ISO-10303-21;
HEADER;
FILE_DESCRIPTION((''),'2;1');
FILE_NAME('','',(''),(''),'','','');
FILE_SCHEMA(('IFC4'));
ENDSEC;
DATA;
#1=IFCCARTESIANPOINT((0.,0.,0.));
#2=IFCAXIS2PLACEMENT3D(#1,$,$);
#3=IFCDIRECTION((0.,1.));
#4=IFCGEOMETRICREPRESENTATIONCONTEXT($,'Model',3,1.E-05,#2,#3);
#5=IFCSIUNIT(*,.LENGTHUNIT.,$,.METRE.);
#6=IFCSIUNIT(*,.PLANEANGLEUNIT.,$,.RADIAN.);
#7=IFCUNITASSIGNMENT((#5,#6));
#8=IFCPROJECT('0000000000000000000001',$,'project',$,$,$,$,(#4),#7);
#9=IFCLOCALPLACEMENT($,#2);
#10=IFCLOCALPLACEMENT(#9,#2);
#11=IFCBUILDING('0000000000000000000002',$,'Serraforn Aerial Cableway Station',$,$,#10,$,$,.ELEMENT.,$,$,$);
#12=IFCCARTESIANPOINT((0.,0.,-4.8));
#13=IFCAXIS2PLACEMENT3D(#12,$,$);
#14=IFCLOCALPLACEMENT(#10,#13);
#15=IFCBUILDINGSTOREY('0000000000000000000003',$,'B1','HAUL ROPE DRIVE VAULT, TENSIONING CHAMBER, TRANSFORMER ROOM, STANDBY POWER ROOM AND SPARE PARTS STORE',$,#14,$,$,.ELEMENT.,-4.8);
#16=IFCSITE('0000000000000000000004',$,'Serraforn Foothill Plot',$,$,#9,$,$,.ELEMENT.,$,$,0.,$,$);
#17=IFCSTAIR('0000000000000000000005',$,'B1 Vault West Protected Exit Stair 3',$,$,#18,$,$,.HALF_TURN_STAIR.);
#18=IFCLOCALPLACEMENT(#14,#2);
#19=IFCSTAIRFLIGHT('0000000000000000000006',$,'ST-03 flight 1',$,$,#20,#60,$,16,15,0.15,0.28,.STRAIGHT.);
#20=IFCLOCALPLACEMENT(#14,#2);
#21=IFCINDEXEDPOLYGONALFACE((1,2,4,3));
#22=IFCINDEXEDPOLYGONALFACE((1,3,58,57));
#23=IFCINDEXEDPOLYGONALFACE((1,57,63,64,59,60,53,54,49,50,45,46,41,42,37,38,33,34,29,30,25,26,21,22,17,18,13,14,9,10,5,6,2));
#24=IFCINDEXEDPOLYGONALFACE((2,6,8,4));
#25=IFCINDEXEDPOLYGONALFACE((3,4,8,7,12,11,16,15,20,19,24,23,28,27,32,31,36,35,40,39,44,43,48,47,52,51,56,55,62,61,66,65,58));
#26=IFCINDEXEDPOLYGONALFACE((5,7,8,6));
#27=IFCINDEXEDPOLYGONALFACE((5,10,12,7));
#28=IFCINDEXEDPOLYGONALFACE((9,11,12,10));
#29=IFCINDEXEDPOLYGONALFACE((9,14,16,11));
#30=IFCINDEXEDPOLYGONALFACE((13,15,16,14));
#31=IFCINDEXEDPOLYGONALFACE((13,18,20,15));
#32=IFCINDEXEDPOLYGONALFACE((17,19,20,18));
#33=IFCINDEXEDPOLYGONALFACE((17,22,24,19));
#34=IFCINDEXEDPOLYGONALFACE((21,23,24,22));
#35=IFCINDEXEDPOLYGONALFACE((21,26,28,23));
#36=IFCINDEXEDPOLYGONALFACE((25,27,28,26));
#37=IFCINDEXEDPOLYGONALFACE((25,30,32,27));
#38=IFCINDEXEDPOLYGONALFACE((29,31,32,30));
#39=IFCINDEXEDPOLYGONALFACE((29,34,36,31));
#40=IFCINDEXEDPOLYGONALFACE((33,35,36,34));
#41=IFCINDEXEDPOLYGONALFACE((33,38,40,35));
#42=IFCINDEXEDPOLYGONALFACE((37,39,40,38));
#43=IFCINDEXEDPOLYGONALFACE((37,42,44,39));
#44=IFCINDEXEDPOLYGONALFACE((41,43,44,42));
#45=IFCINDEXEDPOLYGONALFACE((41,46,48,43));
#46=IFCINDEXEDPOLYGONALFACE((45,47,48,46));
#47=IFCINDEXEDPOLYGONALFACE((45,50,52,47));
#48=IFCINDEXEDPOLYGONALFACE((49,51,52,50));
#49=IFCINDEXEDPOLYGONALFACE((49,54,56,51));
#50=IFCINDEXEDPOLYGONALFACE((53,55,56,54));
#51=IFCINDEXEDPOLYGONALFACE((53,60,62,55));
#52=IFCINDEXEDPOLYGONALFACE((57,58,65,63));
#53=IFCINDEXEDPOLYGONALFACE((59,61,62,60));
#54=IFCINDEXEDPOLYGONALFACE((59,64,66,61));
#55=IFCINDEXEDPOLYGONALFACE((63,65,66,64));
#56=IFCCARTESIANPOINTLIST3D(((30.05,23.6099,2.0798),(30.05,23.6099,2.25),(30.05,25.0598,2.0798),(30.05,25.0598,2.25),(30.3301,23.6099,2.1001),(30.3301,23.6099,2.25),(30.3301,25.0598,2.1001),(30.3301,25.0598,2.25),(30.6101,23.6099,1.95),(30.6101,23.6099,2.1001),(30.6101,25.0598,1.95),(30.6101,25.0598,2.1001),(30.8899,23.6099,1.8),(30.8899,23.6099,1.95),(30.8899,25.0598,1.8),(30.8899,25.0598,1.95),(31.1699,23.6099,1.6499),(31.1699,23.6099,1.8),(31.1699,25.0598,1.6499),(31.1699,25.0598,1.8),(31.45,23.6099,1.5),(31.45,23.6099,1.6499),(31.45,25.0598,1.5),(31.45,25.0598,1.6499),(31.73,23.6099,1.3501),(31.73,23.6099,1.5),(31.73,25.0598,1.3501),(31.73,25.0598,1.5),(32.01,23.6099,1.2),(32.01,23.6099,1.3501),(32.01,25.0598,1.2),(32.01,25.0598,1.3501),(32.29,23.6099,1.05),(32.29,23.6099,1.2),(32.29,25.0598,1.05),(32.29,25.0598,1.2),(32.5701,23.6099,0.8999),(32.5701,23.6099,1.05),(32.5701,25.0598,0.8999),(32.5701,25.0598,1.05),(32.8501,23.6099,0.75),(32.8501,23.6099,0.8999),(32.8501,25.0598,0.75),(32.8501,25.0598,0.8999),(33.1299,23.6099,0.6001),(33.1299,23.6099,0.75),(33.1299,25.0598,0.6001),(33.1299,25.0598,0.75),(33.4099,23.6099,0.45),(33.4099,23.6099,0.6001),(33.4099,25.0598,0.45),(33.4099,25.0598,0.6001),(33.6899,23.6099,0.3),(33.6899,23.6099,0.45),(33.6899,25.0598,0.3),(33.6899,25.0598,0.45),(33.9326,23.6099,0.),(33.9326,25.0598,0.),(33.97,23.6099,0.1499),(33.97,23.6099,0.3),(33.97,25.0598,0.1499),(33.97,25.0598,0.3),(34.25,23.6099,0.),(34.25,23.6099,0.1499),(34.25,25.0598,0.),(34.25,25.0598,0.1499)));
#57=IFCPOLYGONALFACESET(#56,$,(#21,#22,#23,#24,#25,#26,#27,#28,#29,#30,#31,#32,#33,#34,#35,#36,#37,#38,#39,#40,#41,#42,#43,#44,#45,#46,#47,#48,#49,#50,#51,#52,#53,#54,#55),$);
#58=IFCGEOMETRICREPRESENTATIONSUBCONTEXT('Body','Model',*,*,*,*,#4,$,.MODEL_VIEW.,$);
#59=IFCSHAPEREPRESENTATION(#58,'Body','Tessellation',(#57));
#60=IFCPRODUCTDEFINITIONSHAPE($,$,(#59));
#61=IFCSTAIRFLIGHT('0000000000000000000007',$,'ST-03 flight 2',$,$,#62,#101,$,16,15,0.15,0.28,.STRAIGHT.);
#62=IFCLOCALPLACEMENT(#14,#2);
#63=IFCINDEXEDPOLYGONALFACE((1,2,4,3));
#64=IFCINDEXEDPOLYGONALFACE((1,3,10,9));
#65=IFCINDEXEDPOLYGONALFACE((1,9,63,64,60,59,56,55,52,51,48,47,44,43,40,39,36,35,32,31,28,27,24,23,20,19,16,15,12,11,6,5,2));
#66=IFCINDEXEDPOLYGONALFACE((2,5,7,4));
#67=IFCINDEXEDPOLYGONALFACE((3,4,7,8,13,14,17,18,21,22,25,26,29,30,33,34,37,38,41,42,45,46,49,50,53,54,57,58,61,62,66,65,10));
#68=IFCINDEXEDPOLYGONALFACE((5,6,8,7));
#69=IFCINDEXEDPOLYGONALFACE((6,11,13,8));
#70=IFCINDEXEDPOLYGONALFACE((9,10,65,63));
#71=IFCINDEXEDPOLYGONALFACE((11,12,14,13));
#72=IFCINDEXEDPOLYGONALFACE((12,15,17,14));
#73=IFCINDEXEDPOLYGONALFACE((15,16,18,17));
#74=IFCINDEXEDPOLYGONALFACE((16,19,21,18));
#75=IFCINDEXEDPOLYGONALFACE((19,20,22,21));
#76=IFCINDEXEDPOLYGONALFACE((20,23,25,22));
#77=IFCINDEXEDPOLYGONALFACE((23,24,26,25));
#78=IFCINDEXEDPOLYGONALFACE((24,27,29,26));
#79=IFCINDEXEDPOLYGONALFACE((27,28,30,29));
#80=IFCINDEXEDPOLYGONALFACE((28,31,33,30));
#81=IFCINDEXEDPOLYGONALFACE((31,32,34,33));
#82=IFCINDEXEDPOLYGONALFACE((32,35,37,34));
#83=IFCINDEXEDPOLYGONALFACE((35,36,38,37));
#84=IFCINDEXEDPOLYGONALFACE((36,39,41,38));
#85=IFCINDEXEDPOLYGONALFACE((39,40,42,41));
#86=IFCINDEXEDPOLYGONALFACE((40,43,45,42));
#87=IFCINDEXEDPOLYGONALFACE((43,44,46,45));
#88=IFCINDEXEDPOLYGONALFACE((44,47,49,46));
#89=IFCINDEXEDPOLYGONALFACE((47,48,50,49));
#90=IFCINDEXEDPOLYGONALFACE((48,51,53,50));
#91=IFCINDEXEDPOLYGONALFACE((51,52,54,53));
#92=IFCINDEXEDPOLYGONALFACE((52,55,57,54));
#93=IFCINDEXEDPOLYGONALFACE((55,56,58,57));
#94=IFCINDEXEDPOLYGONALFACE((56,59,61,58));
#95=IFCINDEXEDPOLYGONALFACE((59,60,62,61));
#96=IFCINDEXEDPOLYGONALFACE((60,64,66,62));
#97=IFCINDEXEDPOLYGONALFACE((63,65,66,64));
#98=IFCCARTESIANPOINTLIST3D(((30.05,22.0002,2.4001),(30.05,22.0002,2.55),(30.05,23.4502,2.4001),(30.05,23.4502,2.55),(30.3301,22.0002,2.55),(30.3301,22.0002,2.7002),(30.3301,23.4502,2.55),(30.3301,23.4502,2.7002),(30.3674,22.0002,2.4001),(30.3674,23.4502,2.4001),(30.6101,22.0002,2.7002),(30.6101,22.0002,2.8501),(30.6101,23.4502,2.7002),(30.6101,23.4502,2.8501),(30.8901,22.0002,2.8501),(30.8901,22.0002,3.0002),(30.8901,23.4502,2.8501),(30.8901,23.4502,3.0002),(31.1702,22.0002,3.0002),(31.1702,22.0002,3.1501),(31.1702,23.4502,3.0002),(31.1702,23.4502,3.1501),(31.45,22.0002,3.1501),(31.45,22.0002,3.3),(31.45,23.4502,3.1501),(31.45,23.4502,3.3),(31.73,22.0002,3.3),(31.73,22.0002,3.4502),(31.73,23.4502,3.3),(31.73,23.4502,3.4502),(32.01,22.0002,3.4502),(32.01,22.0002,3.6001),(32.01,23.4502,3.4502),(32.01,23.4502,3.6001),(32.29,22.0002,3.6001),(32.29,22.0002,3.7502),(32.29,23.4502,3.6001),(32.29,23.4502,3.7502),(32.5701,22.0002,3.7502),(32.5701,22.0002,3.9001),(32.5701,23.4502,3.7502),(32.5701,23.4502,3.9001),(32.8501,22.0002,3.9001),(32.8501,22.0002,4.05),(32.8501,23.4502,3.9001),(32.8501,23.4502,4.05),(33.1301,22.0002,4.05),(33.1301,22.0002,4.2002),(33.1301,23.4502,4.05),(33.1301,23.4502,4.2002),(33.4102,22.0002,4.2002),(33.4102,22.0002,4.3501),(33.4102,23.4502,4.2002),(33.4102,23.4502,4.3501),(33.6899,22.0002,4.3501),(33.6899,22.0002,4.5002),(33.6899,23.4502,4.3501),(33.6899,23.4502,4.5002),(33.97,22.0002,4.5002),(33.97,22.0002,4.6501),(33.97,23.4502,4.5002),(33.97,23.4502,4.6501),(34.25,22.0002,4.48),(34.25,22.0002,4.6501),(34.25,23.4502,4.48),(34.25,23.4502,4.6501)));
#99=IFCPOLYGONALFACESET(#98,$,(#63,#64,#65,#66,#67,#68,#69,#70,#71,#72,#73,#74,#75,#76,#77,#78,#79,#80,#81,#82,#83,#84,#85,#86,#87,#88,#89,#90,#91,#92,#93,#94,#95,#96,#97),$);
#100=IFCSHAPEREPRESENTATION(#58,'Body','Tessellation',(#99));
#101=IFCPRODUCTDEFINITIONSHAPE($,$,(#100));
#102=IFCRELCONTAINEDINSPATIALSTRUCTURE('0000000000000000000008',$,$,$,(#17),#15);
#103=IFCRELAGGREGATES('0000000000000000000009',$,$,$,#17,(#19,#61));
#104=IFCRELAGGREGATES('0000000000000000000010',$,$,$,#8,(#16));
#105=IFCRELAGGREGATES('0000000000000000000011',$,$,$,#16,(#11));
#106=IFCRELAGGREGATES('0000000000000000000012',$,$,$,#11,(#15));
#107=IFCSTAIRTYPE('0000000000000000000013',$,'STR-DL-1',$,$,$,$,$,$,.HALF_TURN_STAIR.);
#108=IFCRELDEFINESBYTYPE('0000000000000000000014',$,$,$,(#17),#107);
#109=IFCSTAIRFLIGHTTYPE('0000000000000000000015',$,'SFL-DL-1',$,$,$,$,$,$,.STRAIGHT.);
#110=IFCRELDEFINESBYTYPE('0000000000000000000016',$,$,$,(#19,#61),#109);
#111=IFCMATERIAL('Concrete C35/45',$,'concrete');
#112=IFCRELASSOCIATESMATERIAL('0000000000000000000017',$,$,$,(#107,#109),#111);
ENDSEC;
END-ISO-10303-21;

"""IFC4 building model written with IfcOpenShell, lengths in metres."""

from ifc_helpers import new_model, si_unit, direction, frame, origin, place, context, subcontext, project, spatial, polyline, outline, extrude, material, type_object, element, aggregate, save


model = new_model("IFC4")

# Units and contexts
model_context = context("Model", 3, precision=1e-05, world=origin(), true_north=direction((0.0, 1.0)))
body_context = subcontext(model_context, "Body", "Model", "MODEL_VIEW")
ifc_project = project(units=[si_unit("LENGTHUNIT", "METRE"), si_unit("PLANEANGLEUNIT", "RADIAN")], contexts=[model_context])

# Site, building, storey
site_placement = place(None, origin())
site = spatial("IfcSite", under=ifc_project, at=site_placement, Name="Serraforn Foothill Plot", CompositionType="ELEMENT", RefElevation=0.0)
building_placement = place(site_placement, origin())
building = spatial("IfcBuilding", under=site, at=building_placement, Name="Serraforn Aerial Cableway Station", CompositionType="ELEMENT")
storey_placement = place(building_placement, frame((0.0, 0.0, -4.8)))
storey = spatial("IfcBuildingStorey", under=building, at=storey_placement, Name="B1", Description="HAUL ROPE DRIVE VAULT, TENSIONING CHAMBER, TRANSFORMER ROOM, STANDBY POWER ROOM AND SPARE PARTS STORE", CompositionType="ELEMENT", Elevation=-4.8)

# Shared definitions
ifc_material_1 = material(Name="Concrete C35/45", Category="concrete")

# Stair, stair flights
stair_type = type_object("IfcStairType", Name="STR-DL-1", PredefinedType="HALF_TURN_STAIR", material=ifc_material_1)
stair_placement = place(storey_placement, origin())
stair = element("IfcStair", 1, at=stair_placement, inside=storey, type_object=stair_type, Name="B1 Vault West Protected Exit Stair 3", PredefinedType="HALF_TURN_STAIR")
stair_flight_type = type_object("IfcStairFlightType", Name="SFL-DL-1", PredefinedType="STRAIGHT", material=ifc_material_1)
stair_flight_1_placement = place(storey_placement, frame((34.25, 24.335, 0.0), z_axis=(0.0, 0.0, 1.0), x_axis=(-1.0, 0.0, 0.0)))
stair_flight_1 = element("IfcStairFlight", 2, at=stair_flight_1_placement, type_object=stair_flight_type, Name="ST-03 flight 1", NumberOfRisers=16, NumberOfTreads=15, PredefinedType="STRAIGHT", RiserHeight=0.15, TreadLength=0.28, context=body_context, shape_type="SweptSolid", body=[
    extrude(outline(polyline([(0.0, 0.0), (0.0, 0.1499), (0.28, 0.1499), (0.28, 0.3), (0.5601, 0.3), (0.5601, 0.45), (0.8401, 0.45), (0.8401, 0.6001), (1.1201, 0.6001), (1.1201, 0.75), (1.3999, 0.75), (1.3999, 0.8999), (1.6799, 0.8999), (1.6799, 1.05), (1.96, 1.05), (1.96, 1.2), (2.24, 1.2), (2.24, 1.3501), (2.52, 1.3501), (2.52, 1.5), (2.8, 1.5), (2.8, 1.6499), (3.0801, 1.6499), (3.0801, 1.8), (3.3601, 1.8), (3.3601, 1.95), (3.6399, 1.95), (3.6399, 2.1001), (3.9199, 2.1001), (3.9199, 2.25), (4.2, 2.25), (4.2, 2.3999), (4.2, 2.0798), (0.3174, 0.0), (0.0, 0.0)])), frame((0.0, 0.7251, 0.0), z_axis=(0.0, -1.0, 0.0), x_axis=(1.0, 0.0, 0.0)), (0.0, 0.0, 1.0), 1.45),
])
stair_flight_2_placement = place(storey_placement, frame((30.05, 22.7251, 2.4001), z_axis=(0.0, 0.0, 1.0), x_axis=(1.0, 0.0, 0.0)))
stair_flight_2 = element("IfcStairFlight", 3, at=stair_flight_2_placement, type_object=stair_flight_type, Name="ST-03 flight 2", NumberOfRisers=16, NumberOfTreads=15, PredefinedType="STRAIGHT", RiserHeight=0.15, TreadLength=0.28, context=body_context, shape_type="SweptSolid", body=[
    extrude(outline(polyline([(0.0, 0.0), (0.0, 0.1499), (0.28, 0.1499), (0.28, 0.3), (0.5601, 0.3), (0.5601, 0.45), (0.8401, 0.45), (0.8401, 0.6001), (1.1201, 0.6001), (1.1201, 0.75), (1.3999, 0.75), (1.3999, 0.8999), (1.6799, 0.8999), (1.6799, 1.05), (1.96, 1.05), (1.96, 1.2), (2.24, 1.2), (2.24, 1.3501), (2.52, 1.3501), (2.52, 1.5), (2.8, 1.5), (2.8, 1.6499), (3.0801, 1.6499), (3.0801, 1.8), (3.3601, 1.8), (3.3601, 1.95), (3.6399, 1.95), (3.6399, 2.1001), (3.9199, 2.1001), (3.9199, 2.25), (4.2, 2.25), (4.2, 2.3999), (4.2, 2.0798), (0.3174, 0.0), (0.0, 0.0)])), frame((0.0, 0.7251, 0.0), z_axis=(0.0, -1.0, 0.0), x_axis=(1.0, 0.0, 0.0)), (0.0, 0.0, 1.0), 1.45),
])
aggregate(stair, [stair_flight_1, stair_flight_2])

save(model, "model.ifc")
